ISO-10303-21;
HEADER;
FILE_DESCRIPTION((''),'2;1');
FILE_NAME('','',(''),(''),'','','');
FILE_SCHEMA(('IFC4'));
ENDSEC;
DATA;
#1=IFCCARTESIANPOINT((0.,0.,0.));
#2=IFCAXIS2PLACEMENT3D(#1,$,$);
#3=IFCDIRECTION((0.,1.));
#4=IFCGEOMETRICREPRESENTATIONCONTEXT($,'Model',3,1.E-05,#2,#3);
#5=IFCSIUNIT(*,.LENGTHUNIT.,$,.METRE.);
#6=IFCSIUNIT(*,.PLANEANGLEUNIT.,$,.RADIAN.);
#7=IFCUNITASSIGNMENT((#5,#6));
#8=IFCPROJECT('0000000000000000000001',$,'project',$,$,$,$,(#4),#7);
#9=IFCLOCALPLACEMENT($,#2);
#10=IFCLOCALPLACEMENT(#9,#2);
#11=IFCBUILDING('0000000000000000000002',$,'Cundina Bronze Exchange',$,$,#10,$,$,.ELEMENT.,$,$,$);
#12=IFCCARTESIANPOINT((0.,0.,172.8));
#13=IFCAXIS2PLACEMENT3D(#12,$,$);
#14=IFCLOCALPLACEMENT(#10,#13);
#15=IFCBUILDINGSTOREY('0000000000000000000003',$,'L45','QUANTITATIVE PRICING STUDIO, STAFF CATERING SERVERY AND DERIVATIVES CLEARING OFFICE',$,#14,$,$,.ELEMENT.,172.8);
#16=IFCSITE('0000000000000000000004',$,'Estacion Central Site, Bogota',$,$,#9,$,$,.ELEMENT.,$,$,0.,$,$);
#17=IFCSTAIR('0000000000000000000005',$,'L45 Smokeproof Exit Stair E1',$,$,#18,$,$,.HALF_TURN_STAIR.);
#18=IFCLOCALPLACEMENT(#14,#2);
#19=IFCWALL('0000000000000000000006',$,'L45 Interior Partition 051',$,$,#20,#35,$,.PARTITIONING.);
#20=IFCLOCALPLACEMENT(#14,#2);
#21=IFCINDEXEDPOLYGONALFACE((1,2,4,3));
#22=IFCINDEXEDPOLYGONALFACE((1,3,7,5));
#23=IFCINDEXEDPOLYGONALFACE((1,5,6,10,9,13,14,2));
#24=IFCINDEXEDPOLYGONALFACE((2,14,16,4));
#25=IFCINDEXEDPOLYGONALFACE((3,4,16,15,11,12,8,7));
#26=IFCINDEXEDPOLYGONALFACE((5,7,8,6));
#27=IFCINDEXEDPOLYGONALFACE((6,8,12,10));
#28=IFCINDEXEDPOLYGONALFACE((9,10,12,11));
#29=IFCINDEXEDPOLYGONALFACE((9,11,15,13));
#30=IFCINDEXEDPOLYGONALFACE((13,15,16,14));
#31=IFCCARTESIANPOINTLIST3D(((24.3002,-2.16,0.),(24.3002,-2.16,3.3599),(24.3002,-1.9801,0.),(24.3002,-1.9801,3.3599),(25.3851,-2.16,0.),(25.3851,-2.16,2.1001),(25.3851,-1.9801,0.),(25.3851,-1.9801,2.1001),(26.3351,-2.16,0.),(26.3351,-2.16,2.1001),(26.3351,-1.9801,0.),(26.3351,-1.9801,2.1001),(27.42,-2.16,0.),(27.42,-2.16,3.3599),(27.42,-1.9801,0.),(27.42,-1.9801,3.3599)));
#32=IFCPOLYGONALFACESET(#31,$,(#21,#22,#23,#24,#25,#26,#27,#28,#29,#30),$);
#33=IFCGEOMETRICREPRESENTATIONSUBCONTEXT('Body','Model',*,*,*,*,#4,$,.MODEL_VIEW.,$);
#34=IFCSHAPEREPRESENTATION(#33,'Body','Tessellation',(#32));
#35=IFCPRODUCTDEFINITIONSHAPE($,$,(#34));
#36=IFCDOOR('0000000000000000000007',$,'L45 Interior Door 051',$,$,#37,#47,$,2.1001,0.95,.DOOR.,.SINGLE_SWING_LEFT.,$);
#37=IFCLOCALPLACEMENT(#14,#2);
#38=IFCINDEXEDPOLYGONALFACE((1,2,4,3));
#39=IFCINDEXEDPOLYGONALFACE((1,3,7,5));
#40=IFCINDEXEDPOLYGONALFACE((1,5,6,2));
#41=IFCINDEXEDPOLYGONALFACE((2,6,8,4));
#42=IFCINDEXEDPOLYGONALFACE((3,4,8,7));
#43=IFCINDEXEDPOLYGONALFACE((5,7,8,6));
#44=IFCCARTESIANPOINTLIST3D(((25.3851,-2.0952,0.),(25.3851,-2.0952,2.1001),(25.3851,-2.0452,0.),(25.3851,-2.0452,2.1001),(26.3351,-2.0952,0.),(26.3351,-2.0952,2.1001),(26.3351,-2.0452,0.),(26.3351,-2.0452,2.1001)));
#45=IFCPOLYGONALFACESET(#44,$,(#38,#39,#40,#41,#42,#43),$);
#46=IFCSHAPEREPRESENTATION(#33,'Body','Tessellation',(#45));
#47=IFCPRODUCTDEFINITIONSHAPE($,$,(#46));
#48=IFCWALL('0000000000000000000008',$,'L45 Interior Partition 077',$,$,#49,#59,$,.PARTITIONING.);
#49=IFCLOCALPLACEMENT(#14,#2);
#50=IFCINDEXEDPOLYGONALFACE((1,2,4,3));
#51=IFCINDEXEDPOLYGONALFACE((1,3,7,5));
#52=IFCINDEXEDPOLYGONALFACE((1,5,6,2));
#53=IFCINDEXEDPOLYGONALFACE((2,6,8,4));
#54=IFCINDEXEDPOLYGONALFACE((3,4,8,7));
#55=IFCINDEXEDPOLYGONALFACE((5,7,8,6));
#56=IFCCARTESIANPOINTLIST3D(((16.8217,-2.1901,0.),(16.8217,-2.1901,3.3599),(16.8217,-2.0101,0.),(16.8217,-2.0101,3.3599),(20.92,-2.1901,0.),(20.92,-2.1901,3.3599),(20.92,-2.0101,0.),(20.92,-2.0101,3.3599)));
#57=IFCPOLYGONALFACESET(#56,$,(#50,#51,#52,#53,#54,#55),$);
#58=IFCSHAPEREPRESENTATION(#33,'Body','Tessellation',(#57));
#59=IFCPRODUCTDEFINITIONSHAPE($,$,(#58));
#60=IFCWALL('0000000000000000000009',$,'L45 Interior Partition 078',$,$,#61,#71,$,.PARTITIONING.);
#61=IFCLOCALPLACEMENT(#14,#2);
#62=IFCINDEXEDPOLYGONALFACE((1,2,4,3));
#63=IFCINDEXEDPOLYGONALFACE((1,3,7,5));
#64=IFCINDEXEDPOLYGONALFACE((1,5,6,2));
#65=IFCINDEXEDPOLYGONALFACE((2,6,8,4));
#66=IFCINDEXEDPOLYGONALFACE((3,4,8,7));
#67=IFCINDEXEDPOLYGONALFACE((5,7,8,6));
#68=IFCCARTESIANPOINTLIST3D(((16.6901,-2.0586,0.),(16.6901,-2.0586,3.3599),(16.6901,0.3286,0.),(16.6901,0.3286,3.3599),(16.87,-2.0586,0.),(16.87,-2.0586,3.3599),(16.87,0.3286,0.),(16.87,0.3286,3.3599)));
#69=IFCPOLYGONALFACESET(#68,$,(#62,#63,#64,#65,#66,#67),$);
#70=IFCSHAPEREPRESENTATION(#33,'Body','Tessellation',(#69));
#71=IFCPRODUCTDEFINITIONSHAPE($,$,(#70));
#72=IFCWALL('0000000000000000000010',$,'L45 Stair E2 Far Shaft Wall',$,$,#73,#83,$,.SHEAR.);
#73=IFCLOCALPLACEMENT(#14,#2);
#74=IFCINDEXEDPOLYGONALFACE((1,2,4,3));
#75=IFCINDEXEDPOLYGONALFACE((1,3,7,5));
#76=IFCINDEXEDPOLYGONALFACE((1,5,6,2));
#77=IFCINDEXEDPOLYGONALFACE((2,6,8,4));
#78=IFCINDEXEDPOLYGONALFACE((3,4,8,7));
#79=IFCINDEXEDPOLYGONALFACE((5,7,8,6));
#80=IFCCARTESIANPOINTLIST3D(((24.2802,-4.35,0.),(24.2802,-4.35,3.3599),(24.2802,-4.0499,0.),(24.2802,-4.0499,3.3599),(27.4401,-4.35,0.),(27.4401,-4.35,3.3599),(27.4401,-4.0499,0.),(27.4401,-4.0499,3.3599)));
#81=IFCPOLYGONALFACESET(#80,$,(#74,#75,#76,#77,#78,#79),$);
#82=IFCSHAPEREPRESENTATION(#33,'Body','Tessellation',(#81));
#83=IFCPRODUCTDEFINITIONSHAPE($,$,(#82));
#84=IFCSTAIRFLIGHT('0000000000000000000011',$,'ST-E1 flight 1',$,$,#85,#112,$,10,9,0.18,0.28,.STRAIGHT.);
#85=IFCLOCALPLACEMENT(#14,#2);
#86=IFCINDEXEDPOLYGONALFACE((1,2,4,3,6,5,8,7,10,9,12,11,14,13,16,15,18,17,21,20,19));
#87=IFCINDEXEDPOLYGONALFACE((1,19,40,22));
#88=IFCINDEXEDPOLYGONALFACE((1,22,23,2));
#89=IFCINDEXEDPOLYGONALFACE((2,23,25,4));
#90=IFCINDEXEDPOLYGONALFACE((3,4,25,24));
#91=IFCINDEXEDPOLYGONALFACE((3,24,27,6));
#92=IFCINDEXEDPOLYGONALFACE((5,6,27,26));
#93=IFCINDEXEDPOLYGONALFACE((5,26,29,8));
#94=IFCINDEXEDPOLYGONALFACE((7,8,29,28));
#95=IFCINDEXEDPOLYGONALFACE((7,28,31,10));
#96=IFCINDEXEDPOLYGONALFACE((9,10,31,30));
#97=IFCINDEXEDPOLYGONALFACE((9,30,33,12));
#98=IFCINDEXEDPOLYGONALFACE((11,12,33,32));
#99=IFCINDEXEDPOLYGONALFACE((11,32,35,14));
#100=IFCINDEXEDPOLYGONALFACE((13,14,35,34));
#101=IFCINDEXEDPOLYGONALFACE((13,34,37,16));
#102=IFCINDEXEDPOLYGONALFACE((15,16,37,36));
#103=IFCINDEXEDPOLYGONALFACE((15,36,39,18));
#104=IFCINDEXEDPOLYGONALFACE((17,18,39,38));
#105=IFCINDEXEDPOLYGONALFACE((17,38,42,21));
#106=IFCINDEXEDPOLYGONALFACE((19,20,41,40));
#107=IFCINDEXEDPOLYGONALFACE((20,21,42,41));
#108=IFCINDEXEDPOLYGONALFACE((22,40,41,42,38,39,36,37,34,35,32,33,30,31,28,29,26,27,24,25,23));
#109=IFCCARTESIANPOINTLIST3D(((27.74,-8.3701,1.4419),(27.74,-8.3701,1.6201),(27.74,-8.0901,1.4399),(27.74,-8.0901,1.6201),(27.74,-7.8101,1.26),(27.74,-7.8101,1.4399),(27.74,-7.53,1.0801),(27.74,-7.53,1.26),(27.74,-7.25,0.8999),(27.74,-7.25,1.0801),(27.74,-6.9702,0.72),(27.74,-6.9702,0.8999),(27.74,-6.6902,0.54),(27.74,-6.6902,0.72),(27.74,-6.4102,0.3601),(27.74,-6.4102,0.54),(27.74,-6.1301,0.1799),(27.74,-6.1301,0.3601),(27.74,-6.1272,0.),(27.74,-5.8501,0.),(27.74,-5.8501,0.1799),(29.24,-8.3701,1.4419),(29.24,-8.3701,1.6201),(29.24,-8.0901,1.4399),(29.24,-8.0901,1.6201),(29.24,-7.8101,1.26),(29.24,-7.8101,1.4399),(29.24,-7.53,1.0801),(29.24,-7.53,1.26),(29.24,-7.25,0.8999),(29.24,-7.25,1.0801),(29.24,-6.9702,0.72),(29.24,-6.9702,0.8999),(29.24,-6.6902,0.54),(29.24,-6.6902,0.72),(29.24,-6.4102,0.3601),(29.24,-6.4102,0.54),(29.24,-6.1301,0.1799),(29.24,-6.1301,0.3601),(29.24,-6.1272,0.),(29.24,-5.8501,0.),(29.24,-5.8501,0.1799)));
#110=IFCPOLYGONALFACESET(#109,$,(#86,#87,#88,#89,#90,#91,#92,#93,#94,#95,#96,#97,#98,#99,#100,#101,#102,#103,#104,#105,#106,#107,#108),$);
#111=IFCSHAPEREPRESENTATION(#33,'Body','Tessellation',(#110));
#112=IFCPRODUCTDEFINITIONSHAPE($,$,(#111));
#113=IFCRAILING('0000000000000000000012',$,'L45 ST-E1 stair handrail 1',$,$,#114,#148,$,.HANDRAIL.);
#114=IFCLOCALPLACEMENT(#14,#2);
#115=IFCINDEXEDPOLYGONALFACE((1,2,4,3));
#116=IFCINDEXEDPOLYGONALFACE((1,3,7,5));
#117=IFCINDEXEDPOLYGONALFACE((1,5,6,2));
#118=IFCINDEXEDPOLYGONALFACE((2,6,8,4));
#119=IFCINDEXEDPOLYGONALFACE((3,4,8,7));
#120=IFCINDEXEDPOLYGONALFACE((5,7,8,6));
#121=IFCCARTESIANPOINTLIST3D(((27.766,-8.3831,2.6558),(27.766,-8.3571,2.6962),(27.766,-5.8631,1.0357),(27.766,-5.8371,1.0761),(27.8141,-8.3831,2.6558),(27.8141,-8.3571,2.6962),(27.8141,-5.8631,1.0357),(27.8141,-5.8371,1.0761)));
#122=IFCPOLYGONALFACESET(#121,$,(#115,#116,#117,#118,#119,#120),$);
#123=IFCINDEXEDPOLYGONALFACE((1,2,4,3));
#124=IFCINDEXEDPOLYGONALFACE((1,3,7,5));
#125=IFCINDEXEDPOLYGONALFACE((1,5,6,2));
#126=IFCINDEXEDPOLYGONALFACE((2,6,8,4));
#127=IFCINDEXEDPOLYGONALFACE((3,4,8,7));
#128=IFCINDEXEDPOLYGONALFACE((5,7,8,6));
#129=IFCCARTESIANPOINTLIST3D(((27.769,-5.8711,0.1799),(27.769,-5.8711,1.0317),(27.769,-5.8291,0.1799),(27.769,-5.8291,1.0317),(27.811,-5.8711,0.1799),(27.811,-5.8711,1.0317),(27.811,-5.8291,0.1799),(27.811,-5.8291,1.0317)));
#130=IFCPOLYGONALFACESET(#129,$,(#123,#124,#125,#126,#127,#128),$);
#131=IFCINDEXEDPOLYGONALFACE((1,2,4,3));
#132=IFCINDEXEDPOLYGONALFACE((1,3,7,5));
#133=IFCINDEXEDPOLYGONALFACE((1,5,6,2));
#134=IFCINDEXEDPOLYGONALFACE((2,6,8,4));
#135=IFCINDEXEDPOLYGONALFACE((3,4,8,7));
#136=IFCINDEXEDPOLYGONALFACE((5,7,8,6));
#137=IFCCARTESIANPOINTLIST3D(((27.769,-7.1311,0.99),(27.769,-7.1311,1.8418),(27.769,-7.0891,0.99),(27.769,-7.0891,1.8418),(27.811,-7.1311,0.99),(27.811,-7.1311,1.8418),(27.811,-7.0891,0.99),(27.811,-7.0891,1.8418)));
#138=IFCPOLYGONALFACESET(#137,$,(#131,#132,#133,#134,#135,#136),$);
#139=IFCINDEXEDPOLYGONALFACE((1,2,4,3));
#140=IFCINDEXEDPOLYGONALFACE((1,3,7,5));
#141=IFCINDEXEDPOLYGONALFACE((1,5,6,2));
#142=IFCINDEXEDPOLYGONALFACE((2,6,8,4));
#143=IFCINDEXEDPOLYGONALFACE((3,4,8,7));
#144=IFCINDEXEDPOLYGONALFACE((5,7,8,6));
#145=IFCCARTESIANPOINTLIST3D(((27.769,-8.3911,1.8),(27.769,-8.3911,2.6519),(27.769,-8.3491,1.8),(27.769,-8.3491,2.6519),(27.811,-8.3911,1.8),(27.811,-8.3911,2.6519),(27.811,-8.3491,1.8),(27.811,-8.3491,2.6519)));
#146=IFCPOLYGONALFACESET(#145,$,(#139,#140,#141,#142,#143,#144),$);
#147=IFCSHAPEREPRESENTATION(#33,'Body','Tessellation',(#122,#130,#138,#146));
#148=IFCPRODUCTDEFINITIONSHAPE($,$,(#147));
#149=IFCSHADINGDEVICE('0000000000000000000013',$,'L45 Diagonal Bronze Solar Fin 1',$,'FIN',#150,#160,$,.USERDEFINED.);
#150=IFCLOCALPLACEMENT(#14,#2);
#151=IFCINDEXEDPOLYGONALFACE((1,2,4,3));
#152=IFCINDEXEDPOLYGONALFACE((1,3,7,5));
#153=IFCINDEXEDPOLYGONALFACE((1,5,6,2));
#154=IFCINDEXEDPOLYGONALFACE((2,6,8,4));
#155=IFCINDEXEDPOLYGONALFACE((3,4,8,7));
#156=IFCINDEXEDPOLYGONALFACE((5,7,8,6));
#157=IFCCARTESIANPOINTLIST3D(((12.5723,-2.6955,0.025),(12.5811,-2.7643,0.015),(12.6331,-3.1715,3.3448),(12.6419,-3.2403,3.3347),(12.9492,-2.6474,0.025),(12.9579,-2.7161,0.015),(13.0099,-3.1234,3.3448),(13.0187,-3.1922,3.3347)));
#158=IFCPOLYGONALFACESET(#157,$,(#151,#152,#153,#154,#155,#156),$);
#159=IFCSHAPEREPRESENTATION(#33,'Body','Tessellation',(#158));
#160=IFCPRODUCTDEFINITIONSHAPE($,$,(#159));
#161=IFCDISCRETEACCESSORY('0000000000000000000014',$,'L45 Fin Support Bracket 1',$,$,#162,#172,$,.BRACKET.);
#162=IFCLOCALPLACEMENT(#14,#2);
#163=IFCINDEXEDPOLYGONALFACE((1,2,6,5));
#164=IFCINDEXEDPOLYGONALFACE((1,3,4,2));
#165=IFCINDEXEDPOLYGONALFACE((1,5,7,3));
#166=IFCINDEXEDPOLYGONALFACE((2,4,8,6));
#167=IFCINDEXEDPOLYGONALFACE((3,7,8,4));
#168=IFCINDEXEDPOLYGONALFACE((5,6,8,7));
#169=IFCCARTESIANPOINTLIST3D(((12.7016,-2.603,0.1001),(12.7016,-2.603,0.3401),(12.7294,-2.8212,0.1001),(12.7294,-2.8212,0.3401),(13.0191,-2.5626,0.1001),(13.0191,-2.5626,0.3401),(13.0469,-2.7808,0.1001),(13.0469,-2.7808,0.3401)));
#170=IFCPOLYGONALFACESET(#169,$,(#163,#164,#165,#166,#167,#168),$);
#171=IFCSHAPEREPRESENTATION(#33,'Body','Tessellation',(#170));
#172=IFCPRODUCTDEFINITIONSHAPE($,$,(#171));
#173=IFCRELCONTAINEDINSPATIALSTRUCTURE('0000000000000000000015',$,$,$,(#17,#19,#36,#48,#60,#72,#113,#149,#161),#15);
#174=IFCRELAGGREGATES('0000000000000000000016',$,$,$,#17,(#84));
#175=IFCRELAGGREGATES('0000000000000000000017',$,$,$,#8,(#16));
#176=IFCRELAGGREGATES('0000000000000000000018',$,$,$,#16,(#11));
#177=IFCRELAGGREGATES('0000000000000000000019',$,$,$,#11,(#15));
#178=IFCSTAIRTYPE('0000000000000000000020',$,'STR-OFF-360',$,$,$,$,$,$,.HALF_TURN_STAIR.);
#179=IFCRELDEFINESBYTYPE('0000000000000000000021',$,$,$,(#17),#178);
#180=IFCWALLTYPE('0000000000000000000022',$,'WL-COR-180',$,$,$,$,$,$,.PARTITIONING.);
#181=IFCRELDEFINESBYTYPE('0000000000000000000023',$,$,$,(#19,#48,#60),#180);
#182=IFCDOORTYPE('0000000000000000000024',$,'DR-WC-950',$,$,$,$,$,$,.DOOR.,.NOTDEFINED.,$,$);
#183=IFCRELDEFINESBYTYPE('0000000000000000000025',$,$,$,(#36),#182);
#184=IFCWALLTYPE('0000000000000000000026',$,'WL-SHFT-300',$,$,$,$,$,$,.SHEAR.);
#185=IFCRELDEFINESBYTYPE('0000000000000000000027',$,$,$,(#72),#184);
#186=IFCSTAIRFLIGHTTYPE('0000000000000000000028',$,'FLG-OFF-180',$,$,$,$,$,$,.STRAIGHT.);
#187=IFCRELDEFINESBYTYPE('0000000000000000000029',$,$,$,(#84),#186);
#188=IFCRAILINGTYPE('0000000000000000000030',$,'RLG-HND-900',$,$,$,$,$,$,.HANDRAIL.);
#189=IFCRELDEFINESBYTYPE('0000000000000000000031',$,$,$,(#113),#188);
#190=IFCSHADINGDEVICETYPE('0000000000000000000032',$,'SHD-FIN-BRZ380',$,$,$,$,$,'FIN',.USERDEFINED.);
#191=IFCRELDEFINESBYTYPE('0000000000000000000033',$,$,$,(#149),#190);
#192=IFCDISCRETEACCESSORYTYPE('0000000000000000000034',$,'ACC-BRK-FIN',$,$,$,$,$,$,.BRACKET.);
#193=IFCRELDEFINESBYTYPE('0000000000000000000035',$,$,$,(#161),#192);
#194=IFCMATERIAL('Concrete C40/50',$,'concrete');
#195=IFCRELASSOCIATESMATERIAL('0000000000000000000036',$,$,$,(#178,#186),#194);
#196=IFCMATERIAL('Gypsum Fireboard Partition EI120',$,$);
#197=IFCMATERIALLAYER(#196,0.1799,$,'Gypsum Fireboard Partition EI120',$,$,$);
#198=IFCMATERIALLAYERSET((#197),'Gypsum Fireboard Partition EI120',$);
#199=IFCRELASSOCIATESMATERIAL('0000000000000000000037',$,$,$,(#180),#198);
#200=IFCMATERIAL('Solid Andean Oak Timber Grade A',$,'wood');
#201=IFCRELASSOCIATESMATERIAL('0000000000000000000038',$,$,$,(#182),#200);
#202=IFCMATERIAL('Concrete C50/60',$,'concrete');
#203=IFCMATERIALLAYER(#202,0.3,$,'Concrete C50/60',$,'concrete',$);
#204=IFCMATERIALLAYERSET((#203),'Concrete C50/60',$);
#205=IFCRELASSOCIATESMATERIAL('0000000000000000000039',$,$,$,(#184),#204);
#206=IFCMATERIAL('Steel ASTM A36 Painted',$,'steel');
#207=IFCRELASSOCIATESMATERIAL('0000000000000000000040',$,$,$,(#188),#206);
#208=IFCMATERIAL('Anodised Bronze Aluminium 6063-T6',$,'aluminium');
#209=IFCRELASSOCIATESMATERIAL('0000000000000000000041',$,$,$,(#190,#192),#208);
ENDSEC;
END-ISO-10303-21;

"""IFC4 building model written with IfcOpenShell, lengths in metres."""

from ifc_helpers import new_model, si_unit, direction, frame, frame_2d, origin, origin_2d, place, context, subcontext, project, spatial, polyline, rectangle, outline, extrude, material, layer, layer_set, material_profile, profile_set, type_object, element, fill, aggregate, save


model = new_model("IFC4")

# Units and contexts
model_context = context("Model", 3, precision=1e-05, world=origin(), true_north=direction((0.0, 1.0)))
body_context = subcontext(model_context, "Body", "Model", "MODEL_VIEW")
ifc_project = project(units=[si_unit("LENGTHUNIT", "METRE"), si_unit("PLANEANGLEUNIT", "RADIAN")], contexts=[model_context])

# Site, building, storey
site_placement = place(None, origin())
site = spatial("IfcSite", under=ifc_project, at=site_placement, Name="Estacion Central Site, Bogota", CompositionType="ELEMENT", RefElevation=0.0)
building_placement = place(site_placement, origin())
building = spatial("IfcBuilding", under=site, at=building_placement, Name="Cundina Bronze Exchange", CompositionType="ELEMENT")
storey_placement = place(building_placement, frame((0.0, 0.0, 172.8)))
storey = spatial("IfcBuildingStorey", under=building, at=storey_placement, Name="L45", Description="QUANTITATIVE PRICING STUDIO, STAFF CATERING SERVERY AND DERIVATIVES CLEARING OFFICE", CompositionType="ELEMENT", Elevation=172.8)

# Shared definitions
ifc_material_1 = material(Name="Concrete C50/60", Category="concrete")

# Shared definitions
ifc_material_2 = material(Name="Anodised Bronze Aluminium 6063-T6", Category="aluminium")

# Stair
ifc_material_3 = material(Name="Concrete C40/50", Category="concrete")
stair_type = type_object("IfcStairType", Name="STR-OFF-360", PredefinedType="HALF_TURN_STAIR", material=ifc_material_3)
stair_1_placement = place(storey_placement, origin())
stair_1 = element("IfcStair", 1, at=stair_1_placement, inside=storey, type_object=stair_type, Name="L45 Smokeproof Exit Stair E1", PredefinedType="HALF_TURN_STAIR")

# Wall, opening, door
ifc_material_4 = material(Name="Gypsum Fireboard Partition EI120")
ifc_layer_1 = layer(ifc_material_4, 0.1799, Name="Gypsum Fireboard Partition EI120")
ifc_layer_set_1 = layer_set([ifc_layer_1], Name="Gypsum Fireboard Partition EI120")
wall_type_1 = type_object("IfcWallType", Name="WL-COR-180", PredefinedType="PARTITIONING", material=ifc_layer_set_1)
ifc_material_5 = material(Name="Steel ASTM A36 Painted", Category="steel")
wall_1_placement = place(storey_placement, frame((24.3, -2.0701, 0.0), z_axis=(0.0, 0.0, 1.0), x_axis=(1.0, 0.0, 0.0)))
wall_1 = element("IfcWall", 2, at=wall_1_placement, inside=storey, type_object=wall_type_1, Name="L45 Interior Partition 051", PredefinedType="PARTITIONING", context=body_context, shape_type="SweptSolid", body=[
    extrude(rectangle(XDim=3.1199, YDim=0.1799, at=frame_2d((1.5601, 0.0))), origin(), (0.0, 0.0, 1.0), 3.3599),
])
opening_1_placement = place(wall_1_placement, frame((1.085, 0.0, 0.0)))
opening_1 = element("IfcOpeningElement", 3, at=opening_1_placement, cuts=wall_1, PredefinedType="OPENING", context=body_context, shape_type="SweptSolid", body=[
    extrude(rectangle(XDim=0.95, YDim=2.1001, at=frame_2d((0.4751, 1.05))), frame((0.0, 0.0999, 0.0), z_axis=(0.0, -1.0, 0.0), x_axis=(1.0, 0.0, 0.0)), (0.0, 0.0, 1.0), 0.2),
])
ifc_material_6 = material(Name="Solid Andean Oak Timber Grade A", Category="wood")
door_type_1 = type_object("IfcDoorType", Name="DR-WC-950", OperationType="NOTDEFINED", PredefinedType="DOOR", material=ifc_material_6)
door_1_placement = place(opening_1_placement, origin())
door_1 = element("IfcDoor", 4, at=door_1_placement, inside=storey, type_object=door_type_1, Name="L45 Interior Door 051", OperationType="SINGLE_SWING_LEFT", OverallHeight=2.1001, OverallWidth=0.95, PredefinedType="DOOR", context=body_context, shape_type="SweptSolid", body=[
    extrude(rectangle(XDim=0.95, YDim=2.1001, at=frame_2d((0.4751, 1.05))), frame((0.0, 0.0249, 0.0), z_axis=(0.0, -1.0, 0.0), x_axis=(1.0, 0.0, 0.0)), (0.0, 0.0, 1.0), 0.05),
])
fill(opening_1, door_1)

# Walls
wall_2_placement = place(storey_placement, frame((16.8215, -2.1001, 0.0), z_axis=(0.0, 0.0, 1.0), x_axis=(1.0, 0.0, 0.0)))
element("IfcWall", 5, at=wall_2_placement, inside=storey, type_object=wall_type_1, Name="L45 Interior Partition 077", PredefinedType="PARTITIONING", context=body_context, shape_type="SweptSolid", body=[
    extrude(rectangle(XDim=4.0984, YDim=0.1799, at=frame_2d((2.0493, 0.0))), origin(), (0.0, 0.0, 1.0), 3.3599),
])
wall_3_placement = place(storey_placement, frame((16.78, 0.3286, 0.0), z_axis=(0.0, 0.0, 1.0), x_axis=(0.0, -1.0, 0.0)))
element("IfcWall", 6, at=wall_3_placement, inside=storey, type_object=wall_type_1, Name="L45 Interior Partition 078", PredefinedType="PARTITIONING", context=body_context, shape_type="SweptSolid", body=[
    extrude(rectangle(XDim=2.3872, YDim=0.1799, at=frame_2d((1.1936, 0.0))), origin(), (0.0, 0.0, 1.0), 3.3599),
])

# Shared definitions
ifc_layer_2 = layer(ifc_material_1, 0.3, Name="Concrete C50/60", Category="concrete")
ifc_layer_set_2 = layer_set([ifc_layer_2], Name="Concrete C50/60")
wall_type_2 = type_object("IfcWallType", Name="WL-SHFT-300", PredefinedType="SHEAR", material=ifc_layer_set_2)

# Wall
wall_4_placement = place(storey_placement, frame((24.28, -4.2, 0.0), z_axis=(0.0, 0.0, 1.0), x_axis=(1.0, 0.0, 0.0)))
element("IfcWall", 7, at=wall_4_placement, inside=storey, type_object=wall_type_2, Name="L45 Stair E2 Far Shaft Wall", PredefinedType="SHEAR", context=body_context, shape_type="SweptSolid", body=[
    extrude(rectangle(XDim=3.1599, YDim=0.3, at=frame_2d((1.5801, 0.0))), origin(), (0.0, 0.0, 1.0), 3.3599),
])

# Stair flight
stair_flight_type = type_object("IfcStairFlightType", Name="FLG-OFF-180", PredefinedType="STRAIGHT", material=ifc_material_3)
stair_flight_placement = place(storey_placement, frame((28.49, -5.8501, 0.0), z_axis=(0.0, 0.0, 1.0), x_axis=(0.0, -1.0, 0.0)))
stair_flight = element("IfcStairFlight", 8, at=stair_flight_placement, type_object=stair_flight_type, Name="ST-E1 flight 1", NumberOfRisers=10, NumberOfTreads=9, PredefinedType="STRAIGHT", RiserHeight=0.18, TreadLength=0.28, context=body_context, shape_type="SweptSolid", body=[
    extrude(outline(polyline([(0.0, 0.0), (0.0, 0.1799), (0.28, 0.1799), (0.28, 0.3601), (0.5601, 0.3601), (0.5601, 0.54), (0.8401, 0.54), (0.8401, 0.72), (1.1201, 0.72), (1.1201, 0.8999), (1.3999, 0.8999), (1.3999, 1.0801), (1.6799, 1.0801), (1.6799, 1.26), (1.96, 1.26), (1.96, 1.4399), (2.24, 1.4399), (2.24, 1.6201), (2.52, 1.6201), (2.52, 1.8), (2.52, 1.4419), (0.2771, 0.0), (0.0, 0.0)])), frame((0.0, 0.75, 0.0), z_axis=(0.0, -1.0, 0.0), x_axis=(1.0, 0.0, 0.0)), (0.0, 0.0, 1.0), 1.5),
])
aggregate(stair_1, [stair_flight])

# Railing
railing_type = type_object("IfcRailingType", Name="RLG-HND-900", PredefinedType="HANDRAIL", material=ifc_material_5)
railing_placement = place(storey_placement, frame((27.79, -5.8501, 0.1799)))
element("IfcRailing", 9, at=railing_placement, inside=storey, type_object=railing_type, Name="L45 ST-E1 stair handrail 1", PredefinedType="HANDRAIL", context=body_context, shape_type="SweptSolid", body=[
    extrude(rectangle(XDim=0.0481, YDim=0.0481, at=origin_2d()), frame((0.0, 0.0, 0.876), z_axis=(0.0, -0.841163, 0.540782), x_axis=(1.0, 0.0, 0.0)), (0.0, 0.0, 1.0), 2.9958),
    extrude(rectangle(XDim=0.042, YDim=0.042, at=origin_2d()), origin(), (0.0, 0.0, 1.0), 0.8518),
    extrude(rectangle(XDim=0.042, YDim=0.042, at=origin_2d()), frame((0.0, -1.26, 0.8101)), (0.0, 0.0, 1.0), 0.8518),
    extrude(rectangle(XDim=0.042, YDim=0.042, at=origin_2d()), frame((0.0, -2.52, 1.6201)), (0.0, 0.0, 1.0), 0.8518),
])

# Shading device
ifc_material_profile_1 = material_profile(ifc_material_2, rectangle(XDim=0.0701, YDim=0.3799, at=origin_2d()), Name="FIN70X380", Category="aluminium")
ifc_profile_set_1 = profile_set([ifc_material_profile_1], Name="Anodised Bronze Aluminium 6063-T6")
shading_device_type = type_object("IfcShadingDeviceType", Name="SHD-FIN-BRZ380", ElementType="FIN", PredefinedType="USERDEFINED", material=ifc_profile_set_1)
shading_device_placement = place(storey_placement, frame((12.7651, -2.7058, 0.02), z_axis=(0.018123, -0.141928, 0.989711), x_axis=(-0.125361, 0.98174, 0.14308)))
element("IfcShadingDevice", 10, at=shading_device_placement, inside=storey, type_object=shading_device_type, Name="L45 Diagonal Bronze Solar Fin 1", ObjectType="FIN", PredefinedType="USERDEFINED", context=body_context, shape_type="SweptSolid", body=[
    extrude(rectangle(XDim=0.0701, YDim=0.3799, at=origin_2d()), origin(), (0.0, 0.0, 1.0), 3.3542),
])

# Discrete accessory
discrete_accessory_type = type_object("IfcDiscreteAccessoryType", Name="ACC-BRK-FIN", PredefinedType="BRACKET", material=ifc_material_2)
discrete_accessory_placement = place(storey_placement, frame((12.8743, -2.6919, 0.1001), z_axis=(0.0, 0.0, 1.0), x_axis=(0.126476, -0.99197, 0.0)))
element("IfcDiscreteAccessory", 11, at=discrete_accessory_placement, inside=storey, type_object=discrete_accessory_type, Name="L45 Fin Support Bracket 1", PredefinedType="BRACKET", context=body_context, shape_type="SweptSolid", body=[
    extrude(rectangle(XDim=0.22, YDim=0.3201, at=origin_2d()), origin(), (0.0, 0.0, 1.0), 0.24),
])

save(model, "model.ifc")
